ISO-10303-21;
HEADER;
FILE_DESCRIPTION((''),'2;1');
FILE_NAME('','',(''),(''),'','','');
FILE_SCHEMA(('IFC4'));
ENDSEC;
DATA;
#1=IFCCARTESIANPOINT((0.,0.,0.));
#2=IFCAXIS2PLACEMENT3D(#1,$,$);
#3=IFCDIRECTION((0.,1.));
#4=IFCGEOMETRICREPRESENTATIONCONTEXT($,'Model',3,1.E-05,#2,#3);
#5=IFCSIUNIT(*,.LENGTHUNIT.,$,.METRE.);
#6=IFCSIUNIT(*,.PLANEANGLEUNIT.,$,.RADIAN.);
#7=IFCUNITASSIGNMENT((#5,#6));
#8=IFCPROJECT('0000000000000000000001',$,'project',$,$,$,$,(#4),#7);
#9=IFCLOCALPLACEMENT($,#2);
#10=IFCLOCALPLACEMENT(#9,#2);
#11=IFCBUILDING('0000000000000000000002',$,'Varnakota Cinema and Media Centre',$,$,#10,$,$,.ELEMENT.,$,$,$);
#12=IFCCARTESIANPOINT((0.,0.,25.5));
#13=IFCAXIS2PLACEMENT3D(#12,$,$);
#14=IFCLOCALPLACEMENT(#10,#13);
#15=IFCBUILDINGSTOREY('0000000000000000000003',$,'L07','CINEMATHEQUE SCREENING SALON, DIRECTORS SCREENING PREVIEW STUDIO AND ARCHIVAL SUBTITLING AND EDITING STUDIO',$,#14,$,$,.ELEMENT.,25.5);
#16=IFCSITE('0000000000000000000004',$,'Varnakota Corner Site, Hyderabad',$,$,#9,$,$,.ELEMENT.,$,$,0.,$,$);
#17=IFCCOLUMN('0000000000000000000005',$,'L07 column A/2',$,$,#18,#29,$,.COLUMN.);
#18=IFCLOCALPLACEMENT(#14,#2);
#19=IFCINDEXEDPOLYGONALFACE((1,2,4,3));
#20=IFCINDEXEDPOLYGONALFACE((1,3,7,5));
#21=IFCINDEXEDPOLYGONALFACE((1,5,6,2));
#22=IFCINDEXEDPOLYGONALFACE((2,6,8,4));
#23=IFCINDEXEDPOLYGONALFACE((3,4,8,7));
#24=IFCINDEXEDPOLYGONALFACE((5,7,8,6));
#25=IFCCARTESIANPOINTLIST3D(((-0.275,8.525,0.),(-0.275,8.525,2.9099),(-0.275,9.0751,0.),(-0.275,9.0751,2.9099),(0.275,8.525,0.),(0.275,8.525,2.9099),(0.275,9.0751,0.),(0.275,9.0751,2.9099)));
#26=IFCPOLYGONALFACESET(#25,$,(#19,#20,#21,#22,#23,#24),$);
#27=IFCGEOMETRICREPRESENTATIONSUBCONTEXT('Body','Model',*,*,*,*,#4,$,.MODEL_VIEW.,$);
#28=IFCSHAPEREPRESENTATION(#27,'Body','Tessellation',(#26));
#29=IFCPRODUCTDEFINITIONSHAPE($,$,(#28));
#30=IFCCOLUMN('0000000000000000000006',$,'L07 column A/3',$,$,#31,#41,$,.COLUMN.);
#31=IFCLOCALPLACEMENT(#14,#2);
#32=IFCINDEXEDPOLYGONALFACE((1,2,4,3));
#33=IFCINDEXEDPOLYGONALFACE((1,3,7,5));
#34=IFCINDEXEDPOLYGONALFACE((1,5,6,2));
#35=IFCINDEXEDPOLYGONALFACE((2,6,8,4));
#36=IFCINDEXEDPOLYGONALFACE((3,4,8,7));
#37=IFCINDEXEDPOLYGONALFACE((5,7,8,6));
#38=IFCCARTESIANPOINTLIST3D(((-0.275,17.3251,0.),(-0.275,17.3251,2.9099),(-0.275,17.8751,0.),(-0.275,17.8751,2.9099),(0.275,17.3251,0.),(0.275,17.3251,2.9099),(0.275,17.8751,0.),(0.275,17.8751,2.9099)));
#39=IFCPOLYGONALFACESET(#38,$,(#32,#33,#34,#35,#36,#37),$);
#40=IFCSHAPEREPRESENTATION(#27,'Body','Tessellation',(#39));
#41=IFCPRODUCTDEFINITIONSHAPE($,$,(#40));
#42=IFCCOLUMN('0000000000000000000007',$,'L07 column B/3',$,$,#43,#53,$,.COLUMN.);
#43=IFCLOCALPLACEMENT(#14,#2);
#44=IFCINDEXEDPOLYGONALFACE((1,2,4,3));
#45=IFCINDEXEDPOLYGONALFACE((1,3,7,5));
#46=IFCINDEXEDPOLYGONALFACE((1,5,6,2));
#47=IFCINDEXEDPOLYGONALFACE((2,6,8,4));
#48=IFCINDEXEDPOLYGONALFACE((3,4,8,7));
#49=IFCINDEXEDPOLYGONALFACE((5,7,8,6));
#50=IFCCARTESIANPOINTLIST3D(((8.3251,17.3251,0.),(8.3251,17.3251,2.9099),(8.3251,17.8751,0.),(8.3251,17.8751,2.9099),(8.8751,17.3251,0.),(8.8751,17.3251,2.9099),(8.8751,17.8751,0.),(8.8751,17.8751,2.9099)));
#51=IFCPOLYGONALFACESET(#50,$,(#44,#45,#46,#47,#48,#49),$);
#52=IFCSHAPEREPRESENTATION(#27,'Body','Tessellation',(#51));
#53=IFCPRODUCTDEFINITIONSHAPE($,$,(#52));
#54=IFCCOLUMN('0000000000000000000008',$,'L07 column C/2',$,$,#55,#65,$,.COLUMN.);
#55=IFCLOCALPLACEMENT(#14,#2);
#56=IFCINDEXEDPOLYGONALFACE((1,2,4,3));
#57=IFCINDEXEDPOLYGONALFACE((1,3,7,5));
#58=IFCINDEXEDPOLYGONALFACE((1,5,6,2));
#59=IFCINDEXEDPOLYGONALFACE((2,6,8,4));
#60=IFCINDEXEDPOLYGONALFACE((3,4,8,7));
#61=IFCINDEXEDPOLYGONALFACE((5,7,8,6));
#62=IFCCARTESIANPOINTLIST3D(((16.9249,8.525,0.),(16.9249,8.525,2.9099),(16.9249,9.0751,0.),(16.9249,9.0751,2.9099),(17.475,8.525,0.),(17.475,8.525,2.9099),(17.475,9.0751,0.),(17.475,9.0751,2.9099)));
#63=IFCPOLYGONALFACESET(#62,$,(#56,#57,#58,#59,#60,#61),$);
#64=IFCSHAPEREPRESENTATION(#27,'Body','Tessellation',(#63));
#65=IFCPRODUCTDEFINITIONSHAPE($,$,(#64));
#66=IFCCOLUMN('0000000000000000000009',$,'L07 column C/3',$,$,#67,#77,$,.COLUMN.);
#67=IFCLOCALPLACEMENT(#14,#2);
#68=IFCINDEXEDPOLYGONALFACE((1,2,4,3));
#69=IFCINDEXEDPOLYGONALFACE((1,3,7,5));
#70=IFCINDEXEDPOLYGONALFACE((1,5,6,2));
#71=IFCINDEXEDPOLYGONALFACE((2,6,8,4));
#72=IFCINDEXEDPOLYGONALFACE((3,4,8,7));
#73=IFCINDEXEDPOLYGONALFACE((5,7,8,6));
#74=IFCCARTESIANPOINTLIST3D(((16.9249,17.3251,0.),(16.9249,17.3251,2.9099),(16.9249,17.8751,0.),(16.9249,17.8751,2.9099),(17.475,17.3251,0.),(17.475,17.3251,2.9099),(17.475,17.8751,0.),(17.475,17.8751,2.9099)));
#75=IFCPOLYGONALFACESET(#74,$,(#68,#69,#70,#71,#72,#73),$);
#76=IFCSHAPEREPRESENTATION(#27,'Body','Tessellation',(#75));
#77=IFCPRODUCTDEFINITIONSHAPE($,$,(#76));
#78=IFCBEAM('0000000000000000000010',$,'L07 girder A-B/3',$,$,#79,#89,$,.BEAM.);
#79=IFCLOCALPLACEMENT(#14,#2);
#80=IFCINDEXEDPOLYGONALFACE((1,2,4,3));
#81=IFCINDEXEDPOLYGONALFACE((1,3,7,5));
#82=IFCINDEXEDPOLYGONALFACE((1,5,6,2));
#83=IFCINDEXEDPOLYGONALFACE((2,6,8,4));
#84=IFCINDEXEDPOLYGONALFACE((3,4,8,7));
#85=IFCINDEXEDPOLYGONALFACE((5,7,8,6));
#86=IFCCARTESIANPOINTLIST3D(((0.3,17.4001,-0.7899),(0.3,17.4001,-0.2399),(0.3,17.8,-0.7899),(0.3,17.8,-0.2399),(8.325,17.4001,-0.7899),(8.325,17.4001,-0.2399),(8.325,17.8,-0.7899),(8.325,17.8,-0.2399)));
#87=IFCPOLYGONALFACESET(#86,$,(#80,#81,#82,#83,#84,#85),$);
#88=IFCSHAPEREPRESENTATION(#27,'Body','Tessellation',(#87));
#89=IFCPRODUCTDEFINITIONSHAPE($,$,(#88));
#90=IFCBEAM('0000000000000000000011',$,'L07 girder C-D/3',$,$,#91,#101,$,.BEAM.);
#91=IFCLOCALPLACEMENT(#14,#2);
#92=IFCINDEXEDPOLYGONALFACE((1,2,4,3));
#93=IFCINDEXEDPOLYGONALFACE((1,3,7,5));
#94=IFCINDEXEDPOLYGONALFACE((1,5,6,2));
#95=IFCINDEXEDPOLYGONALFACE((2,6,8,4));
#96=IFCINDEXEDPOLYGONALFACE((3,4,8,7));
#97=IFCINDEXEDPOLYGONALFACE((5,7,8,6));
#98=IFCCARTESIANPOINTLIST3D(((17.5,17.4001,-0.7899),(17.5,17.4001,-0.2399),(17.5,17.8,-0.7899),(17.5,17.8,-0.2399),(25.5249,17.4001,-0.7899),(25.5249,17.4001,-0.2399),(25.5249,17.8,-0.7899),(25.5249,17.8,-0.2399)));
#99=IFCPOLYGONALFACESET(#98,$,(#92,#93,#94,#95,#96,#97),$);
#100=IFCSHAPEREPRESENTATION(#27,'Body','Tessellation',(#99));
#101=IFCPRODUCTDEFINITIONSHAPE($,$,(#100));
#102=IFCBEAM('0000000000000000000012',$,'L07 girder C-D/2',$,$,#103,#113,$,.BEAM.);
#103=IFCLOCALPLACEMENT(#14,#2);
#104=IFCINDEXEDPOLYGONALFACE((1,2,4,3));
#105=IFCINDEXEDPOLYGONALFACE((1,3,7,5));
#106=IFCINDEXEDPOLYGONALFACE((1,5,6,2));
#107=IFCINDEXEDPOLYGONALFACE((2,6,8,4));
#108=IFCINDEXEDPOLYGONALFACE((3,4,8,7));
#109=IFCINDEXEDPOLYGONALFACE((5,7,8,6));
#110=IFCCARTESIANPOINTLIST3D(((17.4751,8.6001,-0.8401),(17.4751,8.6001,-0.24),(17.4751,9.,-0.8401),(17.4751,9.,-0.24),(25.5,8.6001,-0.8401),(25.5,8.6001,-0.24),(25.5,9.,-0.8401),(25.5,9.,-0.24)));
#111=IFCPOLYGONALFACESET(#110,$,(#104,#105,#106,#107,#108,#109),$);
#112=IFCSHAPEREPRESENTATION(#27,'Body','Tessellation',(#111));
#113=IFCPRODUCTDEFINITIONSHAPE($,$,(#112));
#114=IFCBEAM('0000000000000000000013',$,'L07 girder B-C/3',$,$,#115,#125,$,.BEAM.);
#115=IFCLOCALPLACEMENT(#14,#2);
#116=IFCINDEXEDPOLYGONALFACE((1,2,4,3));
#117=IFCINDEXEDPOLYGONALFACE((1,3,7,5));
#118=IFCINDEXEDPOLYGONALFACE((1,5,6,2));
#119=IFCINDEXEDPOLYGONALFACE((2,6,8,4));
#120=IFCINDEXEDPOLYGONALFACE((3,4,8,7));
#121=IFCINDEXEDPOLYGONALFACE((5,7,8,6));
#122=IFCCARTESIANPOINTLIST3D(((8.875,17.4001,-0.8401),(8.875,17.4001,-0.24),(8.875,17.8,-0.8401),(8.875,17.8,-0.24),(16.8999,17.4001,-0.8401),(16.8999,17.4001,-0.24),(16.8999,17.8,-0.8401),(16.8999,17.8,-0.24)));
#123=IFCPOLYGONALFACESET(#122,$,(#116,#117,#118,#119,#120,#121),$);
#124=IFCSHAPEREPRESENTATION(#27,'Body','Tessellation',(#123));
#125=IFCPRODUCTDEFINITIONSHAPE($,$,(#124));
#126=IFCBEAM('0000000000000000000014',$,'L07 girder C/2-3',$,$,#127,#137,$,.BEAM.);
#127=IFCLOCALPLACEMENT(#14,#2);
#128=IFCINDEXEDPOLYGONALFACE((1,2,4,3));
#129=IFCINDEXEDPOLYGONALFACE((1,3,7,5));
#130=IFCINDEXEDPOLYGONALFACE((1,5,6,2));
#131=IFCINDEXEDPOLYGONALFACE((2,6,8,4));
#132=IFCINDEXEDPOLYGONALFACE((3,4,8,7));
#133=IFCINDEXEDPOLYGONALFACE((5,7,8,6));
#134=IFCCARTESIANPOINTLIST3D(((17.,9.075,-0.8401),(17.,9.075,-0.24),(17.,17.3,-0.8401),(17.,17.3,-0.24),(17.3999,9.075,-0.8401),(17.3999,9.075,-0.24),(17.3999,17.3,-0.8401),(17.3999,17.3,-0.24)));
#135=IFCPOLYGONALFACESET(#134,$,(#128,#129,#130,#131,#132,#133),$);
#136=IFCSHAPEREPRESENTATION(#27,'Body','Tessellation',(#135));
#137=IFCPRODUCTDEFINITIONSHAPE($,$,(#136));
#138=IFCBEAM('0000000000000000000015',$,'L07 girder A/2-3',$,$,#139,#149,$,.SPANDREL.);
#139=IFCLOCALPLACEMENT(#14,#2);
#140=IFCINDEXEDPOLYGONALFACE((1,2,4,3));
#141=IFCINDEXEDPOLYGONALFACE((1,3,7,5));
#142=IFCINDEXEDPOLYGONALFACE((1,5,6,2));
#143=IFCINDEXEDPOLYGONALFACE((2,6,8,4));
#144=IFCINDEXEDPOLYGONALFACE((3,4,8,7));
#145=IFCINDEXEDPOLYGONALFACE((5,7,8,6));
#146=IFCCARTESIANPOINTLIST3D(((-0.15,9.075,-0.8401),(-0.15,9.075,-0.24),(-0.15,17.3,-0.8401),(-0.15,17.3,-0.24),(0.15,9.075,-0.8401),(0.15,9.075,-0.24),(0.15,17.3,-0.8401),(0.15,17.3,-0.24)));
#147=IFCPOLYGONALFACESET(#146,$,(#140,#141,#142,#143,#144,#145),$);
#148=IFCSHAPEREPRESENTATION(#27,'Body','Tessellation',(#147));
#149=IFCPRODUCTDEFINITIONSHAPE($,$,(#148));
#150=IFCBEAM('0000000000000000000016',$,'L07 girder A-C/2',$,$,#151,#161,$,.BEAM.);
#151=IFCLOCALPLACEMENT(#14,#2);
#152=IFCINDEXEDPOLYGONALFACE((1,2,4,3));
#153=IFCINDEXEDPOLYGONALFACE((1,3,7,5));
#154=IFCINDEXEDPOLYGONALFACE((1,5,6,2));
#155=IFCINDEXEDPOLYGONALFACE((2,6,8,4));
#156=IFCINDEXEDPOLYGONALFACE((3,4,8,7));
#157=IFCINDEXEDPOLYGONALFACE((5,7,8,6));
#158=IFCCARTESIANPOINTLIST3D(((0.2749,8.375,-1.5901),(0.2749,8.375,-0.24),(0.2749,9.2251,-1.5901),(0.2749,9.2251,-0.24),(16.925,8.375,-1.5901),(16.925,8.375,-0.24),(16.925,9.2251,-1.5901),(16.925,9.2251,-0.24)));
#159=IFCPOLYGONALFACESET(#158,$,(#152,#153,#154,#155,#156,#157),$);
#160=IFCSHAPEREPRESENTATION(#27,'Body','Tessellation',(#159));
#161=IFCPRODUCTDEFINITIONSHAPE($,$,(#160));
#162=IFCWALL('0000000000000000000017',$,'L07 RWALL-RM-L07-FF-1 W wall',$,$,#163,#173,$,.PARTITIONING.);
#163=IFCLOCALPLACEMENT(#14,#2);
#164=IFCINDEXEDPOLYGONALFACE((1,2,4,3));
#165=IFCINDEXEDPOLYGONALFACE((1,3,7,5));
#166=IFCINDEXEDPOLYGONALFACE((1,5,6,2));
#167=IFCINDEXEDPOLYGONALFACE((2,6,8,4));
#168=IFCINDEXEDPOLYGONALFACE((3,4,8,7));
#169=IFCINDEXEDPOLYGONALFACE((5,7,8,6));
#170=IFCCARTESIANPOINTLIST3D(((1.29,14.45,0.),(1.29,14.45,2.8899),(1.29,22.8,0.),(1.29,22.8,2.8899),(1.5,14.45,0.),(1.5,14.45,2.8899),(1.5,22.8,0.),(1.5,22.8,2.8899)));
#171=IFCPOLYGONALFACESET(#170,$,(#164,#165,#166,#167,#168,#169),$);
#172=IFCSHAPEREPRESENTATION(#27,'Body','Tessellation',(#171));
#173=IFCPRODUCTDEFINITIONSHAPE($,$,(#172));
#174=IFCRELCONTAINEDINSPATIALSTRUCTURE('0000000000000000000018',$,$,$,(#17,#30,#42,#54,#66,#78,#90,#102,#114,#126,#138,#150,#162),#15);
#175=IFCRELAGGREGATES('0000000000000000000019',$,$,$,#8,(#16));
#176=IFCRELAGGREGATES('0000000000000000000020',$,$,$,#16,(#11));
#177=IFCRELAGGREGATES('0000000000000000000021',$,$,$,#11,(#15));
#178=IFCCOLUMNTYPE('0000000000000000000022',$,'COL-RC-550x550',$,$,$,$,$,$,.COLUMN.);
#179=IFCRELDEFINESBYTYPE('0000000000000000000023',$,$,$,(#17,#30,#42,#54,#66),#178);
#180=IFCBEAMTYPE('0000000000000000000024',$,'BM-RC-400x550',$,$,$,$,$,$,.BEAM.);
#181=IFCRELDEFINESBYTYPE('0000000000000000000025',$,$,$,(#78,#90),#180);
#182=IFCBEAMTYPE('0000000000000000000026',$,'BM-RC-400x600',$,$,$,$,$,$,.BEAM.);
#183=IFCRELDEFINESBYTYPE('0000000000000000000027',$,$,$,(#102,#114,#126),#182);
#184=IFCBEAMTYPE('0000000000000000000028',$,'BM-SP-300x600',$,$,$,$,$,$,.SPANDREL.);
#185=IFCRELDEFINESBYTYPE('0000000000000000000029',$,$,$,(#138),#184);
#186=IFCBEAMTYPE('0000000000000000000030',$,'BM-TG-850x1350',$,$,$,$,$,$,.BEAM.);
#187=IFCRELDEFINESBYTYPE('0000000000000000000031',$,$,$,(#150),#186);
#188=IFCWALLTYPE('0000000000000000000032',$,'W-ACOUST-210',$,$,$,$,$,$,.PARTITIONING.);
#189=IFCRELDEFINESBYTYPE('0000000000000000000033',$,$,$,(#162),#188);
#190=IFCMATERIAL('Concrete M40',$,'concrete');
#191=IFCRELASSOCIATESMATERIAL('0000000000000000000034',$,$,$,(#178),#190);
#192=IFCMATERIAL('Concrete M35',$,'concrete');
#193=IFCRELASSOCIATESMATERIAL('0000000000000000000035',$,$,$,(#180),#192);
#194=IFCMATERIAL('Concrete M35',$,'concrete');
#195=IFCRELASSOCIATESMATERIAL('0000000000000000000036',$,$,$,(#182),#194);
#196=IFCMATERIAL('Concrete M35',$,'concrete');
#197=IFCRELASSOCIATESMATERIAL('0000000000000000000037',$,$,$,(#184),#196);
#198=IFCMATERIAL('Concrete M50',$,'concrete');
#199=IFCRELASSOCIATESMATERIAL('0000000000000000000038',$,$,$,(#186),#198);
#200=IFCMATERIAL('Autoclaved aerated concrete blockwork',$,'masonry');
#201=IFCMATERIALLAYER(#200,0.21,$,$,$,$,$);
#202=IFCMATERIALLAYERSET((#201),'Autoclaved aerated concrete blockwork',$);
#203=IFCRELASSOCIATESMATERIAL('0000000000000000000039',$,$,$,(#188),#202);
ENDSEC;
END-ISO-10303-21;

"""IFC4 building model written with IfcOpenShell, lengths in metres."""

from ifc_helpers import new_model, si_unit, direction, frame, frame_2d, origin, origin_2d, place, context, subcontext, project, spatial, rectangle, extrude, material, layer, layer_set, material_profile, profile_set, type_object, element, save


model = new_model("IFC4")

# Units and contexts
model_context = context("Model", 3, precision=1e-05, world=origin(), true_north=direction((0.0, 1.0)))
body_context = subcontext(model_context, "Body", "Model", "MODEL_VIEW")
ifc_project = project(units=[si_unit("LENGTHUNIT", "METRE"), si_unit("PLANEANGLEUNIT", "RADIAN")], contexts=[model_context])

# Site, building, storey
site_placement = place(None, origin())
site = spatial("IfcSite", under=ifc_project, at=site_placement, Name="Varnakota Corner Site, Hyderabad", CompositionType="ELEMENT", RefElevation=0.0)
building_placement = place(site_placement, origin())
building = spatial("IfcBuilding", under=site, at=building_placement, Name="Varnakota Cinema and Media Centre", CompositionType="ELEMENT")
storey_placement = place(building_placement, frame((0.0, 0.0, 25.5)))
storey = spatial("IfcBuildingStorey", under=building, at=storey_placement, Name="L07", Description="CINEMATHEQUE SCREENING SALON, DIRECTORS SCREENING PREVIEW STUDIO AND ARCHIVAL SUBTITLING AND EDITING STUDIO", CompositionType="ELEMENT", Elevation=25.5)

# Columns
ifc_material_1 = material(Name="Concrete M40", Category="concrete")
ifc_material_profile_1 = material_profile(ifc_material_1, rectangle(XDim=0.55, YDim=0.55, at=origin_2d()), Name="RC 550x550")
ifc_profile_set_1 = profile_set([ifc_material_profile_1], Name="Concrete M40")
column_type = type_object("IfcColumnType", Name="COL-RC-550x550", PredefinedType="COLUMN", material=ifc_profile_set_1)
for number, where, z_axis, x_axis, name in (
    (1, (0.0, 8.8, 0.0), (0.0, 0.0, 1.0), (1.0, 0.0, 0.0), "L07 column A/2"),
    (2, (0.0, 17.6001, 0.0), (0.0, 0.0, 1.0), (1.0, 0.0, 0.0), "L07 column A/3"),
    (3, (8.6001, 17.6001, 0.0), (0.0, 0.0, 1.0), (1.0, 0.0, 0.0), "L07 column B/3"),
    (4, (17.2, 8.8, 0.0), (0.0, 0.0, 1.0), (1.0, 0.0, 0.0), "L07 column C/2"),
    (5, (17.2, 17.6001, 0.0), (0.0, 0.0, 1.0), (1.0, 0.0, 0.0), "L07 column C/3"),
):
    element("IfcColumn", number, at=place(storey_placement, frame(where, z_axis=z_axis, x_axis=x_axis)), inside=storey, type_object=column_type, Name=name, PredefinedType="COLUMN", context=body_context, shape_type="SweptSolid", body=[
        extrude(rectangle(XDim=0.55, YDim=0.55, at=origin_2d()), origin(), (0.0, 0.0, 1.0), 2.9099),
    ])

# Beams
ifc_material_2 = material(Name="Concrete M35", Category="concrete")
ifc_material_profile_2 = material_profile(ifc_material_2, rectangle(XDim=0.3999, YDim=0.55, at=origin_2d()), Name="RCB 400x550")
ifc_profile_set_2 = profile_set([ifc_material_profile_2], Name="Concrete M35")
beam_type_1 = type_object("IfcBeamType", Name="BM-RC-400x550", PredefinedType="BEAM", material=ifc_profile_set_2)
for number, where, z_axis, x_axis, name in (
    (6, (0.3, 17.6001, -0.5149), (1.0, 0.0, 0.0), (0.0, 1.0, 0.0), "L07 girder A-B/3"),
    (7, (17.5, 17.6001, -0.5149), (1.0, 0.0, 0.0), (0.0, 1.0, 0.0), "L07 girder C-D/3"),
):
    element("IfcBeam", number, at=place(storey_placement, frame(where, z_axis=z_axis, x_axis=x_axis)), inside=storey, type_object=beam_type_1, Name=name, PredefinedType="BEAM", context=body_context, shape_type="SweptSolid", body=[
        extrude(rectangle(XDim=0.3999, YDim=0.55, at=origin_2d()), origin(), (0.0, 0.0, 1.0), 8.0249),
    ])
ifc_material_3 = material(Name="Concrete M35", Category="concrete")
ifc_material_profile_3 = material_profile(ifc_material_3, rectangle(XDim=0.3999, YDim=0.6001, at=origin_2d()), Name="RCB 400x600")
ifc_profile_set_3 = profile_set([ifc_material_profile_3], Name="Concrete M35")
beam_type_2 = type_object("IfcBeamType", Name="BM-RC-400x600", PredefinedType="BEAM", material=ifc_profile_set_3)
for number, where, z_axis, x_axis, name in (
    (8, (17.4751, 8.8, -0.54), (1.0, 0.0, 0.0), (0.0, 1.0, 0.0), "L07 girder C-D/2"),
    (9, (8.875, 17.6001, -0.54), (1.0, 0.0, 0.0), (0.0, 1.0, 0.0), "L07 girder B-C/3"),
):
    element("IfcBeam", number, at=place(storey_placement, frame(where, z_axis=z_axis, x_axis=x_axis)), inside=storey, type_object=beam_type_2, Name=name, PredefinedType="BEAM", context=body_context, shape_type="SweptSolid", body=[
        extrude(rectangle(XDim=0.3999, YDim=0.6001, at=origin_2d()), origin(), (0.0, 0.0, 1.0), 8.0249),
    ])
beam_1_placement = place(storey_placement, frame((17.2, 9.075, -0.54), z_axis=(0.0, 1.0, 0.0), x_axis=(-1.0, 0.0, 0.0)))
element("IfcBeam", 10, at=beam_1_placement, inside=storey, type_object=beam_type_2, Name="L07 girder C/2-3", PredefinedType="BEAM", context=body_context, shape_type="SweptSolid", body=[
    extrude(rectangle(XDim=0.3999, YDim=0.6001, at=origin_2d()), origin(), (0.0, 0.0, 1.0), 8.2251),
])
ifc_material_4 = material(Name="Concrete M35", Category="concrete")
ifc_material_profile_4 = material_profile(ifc_material_4, rectangle(XDim=0.3, YDim=0.6001, at=origin_2d()), Name="RCB 300x600")
ifc_profile_set_4 = profile_set([ifc_material_profile_4], Name="Concrete M35")
beam_type_3 = type_object("IfcBeamType", Name="BM-SP-300x600", PredefinedType="SPANDREL", material=ifc_profile_set_4)
beam_2_placement = place(storey_placement, frame((0.0, 9.075, -0.54), z_axis=(0.0, 1.0, 0.0), x_axis=(-1.0, 0.0, 0.0)))
element("IfcBeam", 11, at=beam_2_placement, inside=storey, type_object=beam_type_3, Name="L07 girder A/2-3", PredefinedType="SPANDREL", context=body_context, shape_type="SweptSolid", body=[
    extrude(rectangle(XDim=0.3, YDim=0.6001, at=origin_2d()), origin(), (0.0, 0.0, 1.0), 8.2251),
])
ifc_material_5 = material(Name="Concrete M50", Category="concrete")
ifc_material_profile_5 = material_profile(ifc_material_5, rectangle(XDim=0.8501, YDim=1.3501, at=origin_2d()), Name="RCB 850x1350")
ifc_profile_set_5 = profile_set([ifc_material_profile_5], Name="Concrete M50")
beam_type_4 = type_object("IfcBeamType", Name="BM-TG-850x1350", PredefinedType="BEAM", material=ifc_profile_set_5)
beam_3_placement = place(storey_placement, frame((0.2749, 8.8, -0.915), z_axis=(1.0, 0.0, 0.0), x_axis=(0.0, 1.0, 0.0)))
element("IfcBeam", 12, at=beam_3_placement, inside=storey, type_object=beam_type_4, Name="L07 girder A-C/2", PredefinedType="BEAM", context=body_context, shape_type="SweptSolid", body=[
    extrude(rectangle(XDim=0.8501, YDim=1.3501, at=origin_2d()), origin(), (0.0, 0.0, 1.0), 16.6501),
])

# Wall
ifc_material_6 = material(Name="Autoclaved aerated concrete blockwork", Category="masonry")
ifc_layer_1 = layer(ifc_material_6, 0.21)
ifc_layer_set_1 = layer_set([ifc_layer_1], Name="Autoclaved aerated concrete blockwork")
wall_type_1 = type_object("IfcWallType", Name="W-ACOUST-210", PredefinedType="PARTITIONING", material=ifc_layer_set_1)
wall_1_placement = place(storey_placement, frame((1.395, 14.45, 0.0), z_axis=(0.0, 0.0, 1.0), x_axis=(0.0, 1.0, 0.0)))
element("IfcWall", 13, at=wall_1_placement, inside=storey, type_object=wall_type_1, Name="L07 RWALL-RM-L07-FF-1 W wall", PredefinedType="PARTITIONING", context=body_context, shape_type="SweptSolid", body=[
    extrude(rectangle(XDim=8.3501, YDim=0.21, at=frame_2d((4.175, 0.0))), origin(), (0.0, 0.0, 1.0), 2.8899),
])

save(model, "model.ifc")
